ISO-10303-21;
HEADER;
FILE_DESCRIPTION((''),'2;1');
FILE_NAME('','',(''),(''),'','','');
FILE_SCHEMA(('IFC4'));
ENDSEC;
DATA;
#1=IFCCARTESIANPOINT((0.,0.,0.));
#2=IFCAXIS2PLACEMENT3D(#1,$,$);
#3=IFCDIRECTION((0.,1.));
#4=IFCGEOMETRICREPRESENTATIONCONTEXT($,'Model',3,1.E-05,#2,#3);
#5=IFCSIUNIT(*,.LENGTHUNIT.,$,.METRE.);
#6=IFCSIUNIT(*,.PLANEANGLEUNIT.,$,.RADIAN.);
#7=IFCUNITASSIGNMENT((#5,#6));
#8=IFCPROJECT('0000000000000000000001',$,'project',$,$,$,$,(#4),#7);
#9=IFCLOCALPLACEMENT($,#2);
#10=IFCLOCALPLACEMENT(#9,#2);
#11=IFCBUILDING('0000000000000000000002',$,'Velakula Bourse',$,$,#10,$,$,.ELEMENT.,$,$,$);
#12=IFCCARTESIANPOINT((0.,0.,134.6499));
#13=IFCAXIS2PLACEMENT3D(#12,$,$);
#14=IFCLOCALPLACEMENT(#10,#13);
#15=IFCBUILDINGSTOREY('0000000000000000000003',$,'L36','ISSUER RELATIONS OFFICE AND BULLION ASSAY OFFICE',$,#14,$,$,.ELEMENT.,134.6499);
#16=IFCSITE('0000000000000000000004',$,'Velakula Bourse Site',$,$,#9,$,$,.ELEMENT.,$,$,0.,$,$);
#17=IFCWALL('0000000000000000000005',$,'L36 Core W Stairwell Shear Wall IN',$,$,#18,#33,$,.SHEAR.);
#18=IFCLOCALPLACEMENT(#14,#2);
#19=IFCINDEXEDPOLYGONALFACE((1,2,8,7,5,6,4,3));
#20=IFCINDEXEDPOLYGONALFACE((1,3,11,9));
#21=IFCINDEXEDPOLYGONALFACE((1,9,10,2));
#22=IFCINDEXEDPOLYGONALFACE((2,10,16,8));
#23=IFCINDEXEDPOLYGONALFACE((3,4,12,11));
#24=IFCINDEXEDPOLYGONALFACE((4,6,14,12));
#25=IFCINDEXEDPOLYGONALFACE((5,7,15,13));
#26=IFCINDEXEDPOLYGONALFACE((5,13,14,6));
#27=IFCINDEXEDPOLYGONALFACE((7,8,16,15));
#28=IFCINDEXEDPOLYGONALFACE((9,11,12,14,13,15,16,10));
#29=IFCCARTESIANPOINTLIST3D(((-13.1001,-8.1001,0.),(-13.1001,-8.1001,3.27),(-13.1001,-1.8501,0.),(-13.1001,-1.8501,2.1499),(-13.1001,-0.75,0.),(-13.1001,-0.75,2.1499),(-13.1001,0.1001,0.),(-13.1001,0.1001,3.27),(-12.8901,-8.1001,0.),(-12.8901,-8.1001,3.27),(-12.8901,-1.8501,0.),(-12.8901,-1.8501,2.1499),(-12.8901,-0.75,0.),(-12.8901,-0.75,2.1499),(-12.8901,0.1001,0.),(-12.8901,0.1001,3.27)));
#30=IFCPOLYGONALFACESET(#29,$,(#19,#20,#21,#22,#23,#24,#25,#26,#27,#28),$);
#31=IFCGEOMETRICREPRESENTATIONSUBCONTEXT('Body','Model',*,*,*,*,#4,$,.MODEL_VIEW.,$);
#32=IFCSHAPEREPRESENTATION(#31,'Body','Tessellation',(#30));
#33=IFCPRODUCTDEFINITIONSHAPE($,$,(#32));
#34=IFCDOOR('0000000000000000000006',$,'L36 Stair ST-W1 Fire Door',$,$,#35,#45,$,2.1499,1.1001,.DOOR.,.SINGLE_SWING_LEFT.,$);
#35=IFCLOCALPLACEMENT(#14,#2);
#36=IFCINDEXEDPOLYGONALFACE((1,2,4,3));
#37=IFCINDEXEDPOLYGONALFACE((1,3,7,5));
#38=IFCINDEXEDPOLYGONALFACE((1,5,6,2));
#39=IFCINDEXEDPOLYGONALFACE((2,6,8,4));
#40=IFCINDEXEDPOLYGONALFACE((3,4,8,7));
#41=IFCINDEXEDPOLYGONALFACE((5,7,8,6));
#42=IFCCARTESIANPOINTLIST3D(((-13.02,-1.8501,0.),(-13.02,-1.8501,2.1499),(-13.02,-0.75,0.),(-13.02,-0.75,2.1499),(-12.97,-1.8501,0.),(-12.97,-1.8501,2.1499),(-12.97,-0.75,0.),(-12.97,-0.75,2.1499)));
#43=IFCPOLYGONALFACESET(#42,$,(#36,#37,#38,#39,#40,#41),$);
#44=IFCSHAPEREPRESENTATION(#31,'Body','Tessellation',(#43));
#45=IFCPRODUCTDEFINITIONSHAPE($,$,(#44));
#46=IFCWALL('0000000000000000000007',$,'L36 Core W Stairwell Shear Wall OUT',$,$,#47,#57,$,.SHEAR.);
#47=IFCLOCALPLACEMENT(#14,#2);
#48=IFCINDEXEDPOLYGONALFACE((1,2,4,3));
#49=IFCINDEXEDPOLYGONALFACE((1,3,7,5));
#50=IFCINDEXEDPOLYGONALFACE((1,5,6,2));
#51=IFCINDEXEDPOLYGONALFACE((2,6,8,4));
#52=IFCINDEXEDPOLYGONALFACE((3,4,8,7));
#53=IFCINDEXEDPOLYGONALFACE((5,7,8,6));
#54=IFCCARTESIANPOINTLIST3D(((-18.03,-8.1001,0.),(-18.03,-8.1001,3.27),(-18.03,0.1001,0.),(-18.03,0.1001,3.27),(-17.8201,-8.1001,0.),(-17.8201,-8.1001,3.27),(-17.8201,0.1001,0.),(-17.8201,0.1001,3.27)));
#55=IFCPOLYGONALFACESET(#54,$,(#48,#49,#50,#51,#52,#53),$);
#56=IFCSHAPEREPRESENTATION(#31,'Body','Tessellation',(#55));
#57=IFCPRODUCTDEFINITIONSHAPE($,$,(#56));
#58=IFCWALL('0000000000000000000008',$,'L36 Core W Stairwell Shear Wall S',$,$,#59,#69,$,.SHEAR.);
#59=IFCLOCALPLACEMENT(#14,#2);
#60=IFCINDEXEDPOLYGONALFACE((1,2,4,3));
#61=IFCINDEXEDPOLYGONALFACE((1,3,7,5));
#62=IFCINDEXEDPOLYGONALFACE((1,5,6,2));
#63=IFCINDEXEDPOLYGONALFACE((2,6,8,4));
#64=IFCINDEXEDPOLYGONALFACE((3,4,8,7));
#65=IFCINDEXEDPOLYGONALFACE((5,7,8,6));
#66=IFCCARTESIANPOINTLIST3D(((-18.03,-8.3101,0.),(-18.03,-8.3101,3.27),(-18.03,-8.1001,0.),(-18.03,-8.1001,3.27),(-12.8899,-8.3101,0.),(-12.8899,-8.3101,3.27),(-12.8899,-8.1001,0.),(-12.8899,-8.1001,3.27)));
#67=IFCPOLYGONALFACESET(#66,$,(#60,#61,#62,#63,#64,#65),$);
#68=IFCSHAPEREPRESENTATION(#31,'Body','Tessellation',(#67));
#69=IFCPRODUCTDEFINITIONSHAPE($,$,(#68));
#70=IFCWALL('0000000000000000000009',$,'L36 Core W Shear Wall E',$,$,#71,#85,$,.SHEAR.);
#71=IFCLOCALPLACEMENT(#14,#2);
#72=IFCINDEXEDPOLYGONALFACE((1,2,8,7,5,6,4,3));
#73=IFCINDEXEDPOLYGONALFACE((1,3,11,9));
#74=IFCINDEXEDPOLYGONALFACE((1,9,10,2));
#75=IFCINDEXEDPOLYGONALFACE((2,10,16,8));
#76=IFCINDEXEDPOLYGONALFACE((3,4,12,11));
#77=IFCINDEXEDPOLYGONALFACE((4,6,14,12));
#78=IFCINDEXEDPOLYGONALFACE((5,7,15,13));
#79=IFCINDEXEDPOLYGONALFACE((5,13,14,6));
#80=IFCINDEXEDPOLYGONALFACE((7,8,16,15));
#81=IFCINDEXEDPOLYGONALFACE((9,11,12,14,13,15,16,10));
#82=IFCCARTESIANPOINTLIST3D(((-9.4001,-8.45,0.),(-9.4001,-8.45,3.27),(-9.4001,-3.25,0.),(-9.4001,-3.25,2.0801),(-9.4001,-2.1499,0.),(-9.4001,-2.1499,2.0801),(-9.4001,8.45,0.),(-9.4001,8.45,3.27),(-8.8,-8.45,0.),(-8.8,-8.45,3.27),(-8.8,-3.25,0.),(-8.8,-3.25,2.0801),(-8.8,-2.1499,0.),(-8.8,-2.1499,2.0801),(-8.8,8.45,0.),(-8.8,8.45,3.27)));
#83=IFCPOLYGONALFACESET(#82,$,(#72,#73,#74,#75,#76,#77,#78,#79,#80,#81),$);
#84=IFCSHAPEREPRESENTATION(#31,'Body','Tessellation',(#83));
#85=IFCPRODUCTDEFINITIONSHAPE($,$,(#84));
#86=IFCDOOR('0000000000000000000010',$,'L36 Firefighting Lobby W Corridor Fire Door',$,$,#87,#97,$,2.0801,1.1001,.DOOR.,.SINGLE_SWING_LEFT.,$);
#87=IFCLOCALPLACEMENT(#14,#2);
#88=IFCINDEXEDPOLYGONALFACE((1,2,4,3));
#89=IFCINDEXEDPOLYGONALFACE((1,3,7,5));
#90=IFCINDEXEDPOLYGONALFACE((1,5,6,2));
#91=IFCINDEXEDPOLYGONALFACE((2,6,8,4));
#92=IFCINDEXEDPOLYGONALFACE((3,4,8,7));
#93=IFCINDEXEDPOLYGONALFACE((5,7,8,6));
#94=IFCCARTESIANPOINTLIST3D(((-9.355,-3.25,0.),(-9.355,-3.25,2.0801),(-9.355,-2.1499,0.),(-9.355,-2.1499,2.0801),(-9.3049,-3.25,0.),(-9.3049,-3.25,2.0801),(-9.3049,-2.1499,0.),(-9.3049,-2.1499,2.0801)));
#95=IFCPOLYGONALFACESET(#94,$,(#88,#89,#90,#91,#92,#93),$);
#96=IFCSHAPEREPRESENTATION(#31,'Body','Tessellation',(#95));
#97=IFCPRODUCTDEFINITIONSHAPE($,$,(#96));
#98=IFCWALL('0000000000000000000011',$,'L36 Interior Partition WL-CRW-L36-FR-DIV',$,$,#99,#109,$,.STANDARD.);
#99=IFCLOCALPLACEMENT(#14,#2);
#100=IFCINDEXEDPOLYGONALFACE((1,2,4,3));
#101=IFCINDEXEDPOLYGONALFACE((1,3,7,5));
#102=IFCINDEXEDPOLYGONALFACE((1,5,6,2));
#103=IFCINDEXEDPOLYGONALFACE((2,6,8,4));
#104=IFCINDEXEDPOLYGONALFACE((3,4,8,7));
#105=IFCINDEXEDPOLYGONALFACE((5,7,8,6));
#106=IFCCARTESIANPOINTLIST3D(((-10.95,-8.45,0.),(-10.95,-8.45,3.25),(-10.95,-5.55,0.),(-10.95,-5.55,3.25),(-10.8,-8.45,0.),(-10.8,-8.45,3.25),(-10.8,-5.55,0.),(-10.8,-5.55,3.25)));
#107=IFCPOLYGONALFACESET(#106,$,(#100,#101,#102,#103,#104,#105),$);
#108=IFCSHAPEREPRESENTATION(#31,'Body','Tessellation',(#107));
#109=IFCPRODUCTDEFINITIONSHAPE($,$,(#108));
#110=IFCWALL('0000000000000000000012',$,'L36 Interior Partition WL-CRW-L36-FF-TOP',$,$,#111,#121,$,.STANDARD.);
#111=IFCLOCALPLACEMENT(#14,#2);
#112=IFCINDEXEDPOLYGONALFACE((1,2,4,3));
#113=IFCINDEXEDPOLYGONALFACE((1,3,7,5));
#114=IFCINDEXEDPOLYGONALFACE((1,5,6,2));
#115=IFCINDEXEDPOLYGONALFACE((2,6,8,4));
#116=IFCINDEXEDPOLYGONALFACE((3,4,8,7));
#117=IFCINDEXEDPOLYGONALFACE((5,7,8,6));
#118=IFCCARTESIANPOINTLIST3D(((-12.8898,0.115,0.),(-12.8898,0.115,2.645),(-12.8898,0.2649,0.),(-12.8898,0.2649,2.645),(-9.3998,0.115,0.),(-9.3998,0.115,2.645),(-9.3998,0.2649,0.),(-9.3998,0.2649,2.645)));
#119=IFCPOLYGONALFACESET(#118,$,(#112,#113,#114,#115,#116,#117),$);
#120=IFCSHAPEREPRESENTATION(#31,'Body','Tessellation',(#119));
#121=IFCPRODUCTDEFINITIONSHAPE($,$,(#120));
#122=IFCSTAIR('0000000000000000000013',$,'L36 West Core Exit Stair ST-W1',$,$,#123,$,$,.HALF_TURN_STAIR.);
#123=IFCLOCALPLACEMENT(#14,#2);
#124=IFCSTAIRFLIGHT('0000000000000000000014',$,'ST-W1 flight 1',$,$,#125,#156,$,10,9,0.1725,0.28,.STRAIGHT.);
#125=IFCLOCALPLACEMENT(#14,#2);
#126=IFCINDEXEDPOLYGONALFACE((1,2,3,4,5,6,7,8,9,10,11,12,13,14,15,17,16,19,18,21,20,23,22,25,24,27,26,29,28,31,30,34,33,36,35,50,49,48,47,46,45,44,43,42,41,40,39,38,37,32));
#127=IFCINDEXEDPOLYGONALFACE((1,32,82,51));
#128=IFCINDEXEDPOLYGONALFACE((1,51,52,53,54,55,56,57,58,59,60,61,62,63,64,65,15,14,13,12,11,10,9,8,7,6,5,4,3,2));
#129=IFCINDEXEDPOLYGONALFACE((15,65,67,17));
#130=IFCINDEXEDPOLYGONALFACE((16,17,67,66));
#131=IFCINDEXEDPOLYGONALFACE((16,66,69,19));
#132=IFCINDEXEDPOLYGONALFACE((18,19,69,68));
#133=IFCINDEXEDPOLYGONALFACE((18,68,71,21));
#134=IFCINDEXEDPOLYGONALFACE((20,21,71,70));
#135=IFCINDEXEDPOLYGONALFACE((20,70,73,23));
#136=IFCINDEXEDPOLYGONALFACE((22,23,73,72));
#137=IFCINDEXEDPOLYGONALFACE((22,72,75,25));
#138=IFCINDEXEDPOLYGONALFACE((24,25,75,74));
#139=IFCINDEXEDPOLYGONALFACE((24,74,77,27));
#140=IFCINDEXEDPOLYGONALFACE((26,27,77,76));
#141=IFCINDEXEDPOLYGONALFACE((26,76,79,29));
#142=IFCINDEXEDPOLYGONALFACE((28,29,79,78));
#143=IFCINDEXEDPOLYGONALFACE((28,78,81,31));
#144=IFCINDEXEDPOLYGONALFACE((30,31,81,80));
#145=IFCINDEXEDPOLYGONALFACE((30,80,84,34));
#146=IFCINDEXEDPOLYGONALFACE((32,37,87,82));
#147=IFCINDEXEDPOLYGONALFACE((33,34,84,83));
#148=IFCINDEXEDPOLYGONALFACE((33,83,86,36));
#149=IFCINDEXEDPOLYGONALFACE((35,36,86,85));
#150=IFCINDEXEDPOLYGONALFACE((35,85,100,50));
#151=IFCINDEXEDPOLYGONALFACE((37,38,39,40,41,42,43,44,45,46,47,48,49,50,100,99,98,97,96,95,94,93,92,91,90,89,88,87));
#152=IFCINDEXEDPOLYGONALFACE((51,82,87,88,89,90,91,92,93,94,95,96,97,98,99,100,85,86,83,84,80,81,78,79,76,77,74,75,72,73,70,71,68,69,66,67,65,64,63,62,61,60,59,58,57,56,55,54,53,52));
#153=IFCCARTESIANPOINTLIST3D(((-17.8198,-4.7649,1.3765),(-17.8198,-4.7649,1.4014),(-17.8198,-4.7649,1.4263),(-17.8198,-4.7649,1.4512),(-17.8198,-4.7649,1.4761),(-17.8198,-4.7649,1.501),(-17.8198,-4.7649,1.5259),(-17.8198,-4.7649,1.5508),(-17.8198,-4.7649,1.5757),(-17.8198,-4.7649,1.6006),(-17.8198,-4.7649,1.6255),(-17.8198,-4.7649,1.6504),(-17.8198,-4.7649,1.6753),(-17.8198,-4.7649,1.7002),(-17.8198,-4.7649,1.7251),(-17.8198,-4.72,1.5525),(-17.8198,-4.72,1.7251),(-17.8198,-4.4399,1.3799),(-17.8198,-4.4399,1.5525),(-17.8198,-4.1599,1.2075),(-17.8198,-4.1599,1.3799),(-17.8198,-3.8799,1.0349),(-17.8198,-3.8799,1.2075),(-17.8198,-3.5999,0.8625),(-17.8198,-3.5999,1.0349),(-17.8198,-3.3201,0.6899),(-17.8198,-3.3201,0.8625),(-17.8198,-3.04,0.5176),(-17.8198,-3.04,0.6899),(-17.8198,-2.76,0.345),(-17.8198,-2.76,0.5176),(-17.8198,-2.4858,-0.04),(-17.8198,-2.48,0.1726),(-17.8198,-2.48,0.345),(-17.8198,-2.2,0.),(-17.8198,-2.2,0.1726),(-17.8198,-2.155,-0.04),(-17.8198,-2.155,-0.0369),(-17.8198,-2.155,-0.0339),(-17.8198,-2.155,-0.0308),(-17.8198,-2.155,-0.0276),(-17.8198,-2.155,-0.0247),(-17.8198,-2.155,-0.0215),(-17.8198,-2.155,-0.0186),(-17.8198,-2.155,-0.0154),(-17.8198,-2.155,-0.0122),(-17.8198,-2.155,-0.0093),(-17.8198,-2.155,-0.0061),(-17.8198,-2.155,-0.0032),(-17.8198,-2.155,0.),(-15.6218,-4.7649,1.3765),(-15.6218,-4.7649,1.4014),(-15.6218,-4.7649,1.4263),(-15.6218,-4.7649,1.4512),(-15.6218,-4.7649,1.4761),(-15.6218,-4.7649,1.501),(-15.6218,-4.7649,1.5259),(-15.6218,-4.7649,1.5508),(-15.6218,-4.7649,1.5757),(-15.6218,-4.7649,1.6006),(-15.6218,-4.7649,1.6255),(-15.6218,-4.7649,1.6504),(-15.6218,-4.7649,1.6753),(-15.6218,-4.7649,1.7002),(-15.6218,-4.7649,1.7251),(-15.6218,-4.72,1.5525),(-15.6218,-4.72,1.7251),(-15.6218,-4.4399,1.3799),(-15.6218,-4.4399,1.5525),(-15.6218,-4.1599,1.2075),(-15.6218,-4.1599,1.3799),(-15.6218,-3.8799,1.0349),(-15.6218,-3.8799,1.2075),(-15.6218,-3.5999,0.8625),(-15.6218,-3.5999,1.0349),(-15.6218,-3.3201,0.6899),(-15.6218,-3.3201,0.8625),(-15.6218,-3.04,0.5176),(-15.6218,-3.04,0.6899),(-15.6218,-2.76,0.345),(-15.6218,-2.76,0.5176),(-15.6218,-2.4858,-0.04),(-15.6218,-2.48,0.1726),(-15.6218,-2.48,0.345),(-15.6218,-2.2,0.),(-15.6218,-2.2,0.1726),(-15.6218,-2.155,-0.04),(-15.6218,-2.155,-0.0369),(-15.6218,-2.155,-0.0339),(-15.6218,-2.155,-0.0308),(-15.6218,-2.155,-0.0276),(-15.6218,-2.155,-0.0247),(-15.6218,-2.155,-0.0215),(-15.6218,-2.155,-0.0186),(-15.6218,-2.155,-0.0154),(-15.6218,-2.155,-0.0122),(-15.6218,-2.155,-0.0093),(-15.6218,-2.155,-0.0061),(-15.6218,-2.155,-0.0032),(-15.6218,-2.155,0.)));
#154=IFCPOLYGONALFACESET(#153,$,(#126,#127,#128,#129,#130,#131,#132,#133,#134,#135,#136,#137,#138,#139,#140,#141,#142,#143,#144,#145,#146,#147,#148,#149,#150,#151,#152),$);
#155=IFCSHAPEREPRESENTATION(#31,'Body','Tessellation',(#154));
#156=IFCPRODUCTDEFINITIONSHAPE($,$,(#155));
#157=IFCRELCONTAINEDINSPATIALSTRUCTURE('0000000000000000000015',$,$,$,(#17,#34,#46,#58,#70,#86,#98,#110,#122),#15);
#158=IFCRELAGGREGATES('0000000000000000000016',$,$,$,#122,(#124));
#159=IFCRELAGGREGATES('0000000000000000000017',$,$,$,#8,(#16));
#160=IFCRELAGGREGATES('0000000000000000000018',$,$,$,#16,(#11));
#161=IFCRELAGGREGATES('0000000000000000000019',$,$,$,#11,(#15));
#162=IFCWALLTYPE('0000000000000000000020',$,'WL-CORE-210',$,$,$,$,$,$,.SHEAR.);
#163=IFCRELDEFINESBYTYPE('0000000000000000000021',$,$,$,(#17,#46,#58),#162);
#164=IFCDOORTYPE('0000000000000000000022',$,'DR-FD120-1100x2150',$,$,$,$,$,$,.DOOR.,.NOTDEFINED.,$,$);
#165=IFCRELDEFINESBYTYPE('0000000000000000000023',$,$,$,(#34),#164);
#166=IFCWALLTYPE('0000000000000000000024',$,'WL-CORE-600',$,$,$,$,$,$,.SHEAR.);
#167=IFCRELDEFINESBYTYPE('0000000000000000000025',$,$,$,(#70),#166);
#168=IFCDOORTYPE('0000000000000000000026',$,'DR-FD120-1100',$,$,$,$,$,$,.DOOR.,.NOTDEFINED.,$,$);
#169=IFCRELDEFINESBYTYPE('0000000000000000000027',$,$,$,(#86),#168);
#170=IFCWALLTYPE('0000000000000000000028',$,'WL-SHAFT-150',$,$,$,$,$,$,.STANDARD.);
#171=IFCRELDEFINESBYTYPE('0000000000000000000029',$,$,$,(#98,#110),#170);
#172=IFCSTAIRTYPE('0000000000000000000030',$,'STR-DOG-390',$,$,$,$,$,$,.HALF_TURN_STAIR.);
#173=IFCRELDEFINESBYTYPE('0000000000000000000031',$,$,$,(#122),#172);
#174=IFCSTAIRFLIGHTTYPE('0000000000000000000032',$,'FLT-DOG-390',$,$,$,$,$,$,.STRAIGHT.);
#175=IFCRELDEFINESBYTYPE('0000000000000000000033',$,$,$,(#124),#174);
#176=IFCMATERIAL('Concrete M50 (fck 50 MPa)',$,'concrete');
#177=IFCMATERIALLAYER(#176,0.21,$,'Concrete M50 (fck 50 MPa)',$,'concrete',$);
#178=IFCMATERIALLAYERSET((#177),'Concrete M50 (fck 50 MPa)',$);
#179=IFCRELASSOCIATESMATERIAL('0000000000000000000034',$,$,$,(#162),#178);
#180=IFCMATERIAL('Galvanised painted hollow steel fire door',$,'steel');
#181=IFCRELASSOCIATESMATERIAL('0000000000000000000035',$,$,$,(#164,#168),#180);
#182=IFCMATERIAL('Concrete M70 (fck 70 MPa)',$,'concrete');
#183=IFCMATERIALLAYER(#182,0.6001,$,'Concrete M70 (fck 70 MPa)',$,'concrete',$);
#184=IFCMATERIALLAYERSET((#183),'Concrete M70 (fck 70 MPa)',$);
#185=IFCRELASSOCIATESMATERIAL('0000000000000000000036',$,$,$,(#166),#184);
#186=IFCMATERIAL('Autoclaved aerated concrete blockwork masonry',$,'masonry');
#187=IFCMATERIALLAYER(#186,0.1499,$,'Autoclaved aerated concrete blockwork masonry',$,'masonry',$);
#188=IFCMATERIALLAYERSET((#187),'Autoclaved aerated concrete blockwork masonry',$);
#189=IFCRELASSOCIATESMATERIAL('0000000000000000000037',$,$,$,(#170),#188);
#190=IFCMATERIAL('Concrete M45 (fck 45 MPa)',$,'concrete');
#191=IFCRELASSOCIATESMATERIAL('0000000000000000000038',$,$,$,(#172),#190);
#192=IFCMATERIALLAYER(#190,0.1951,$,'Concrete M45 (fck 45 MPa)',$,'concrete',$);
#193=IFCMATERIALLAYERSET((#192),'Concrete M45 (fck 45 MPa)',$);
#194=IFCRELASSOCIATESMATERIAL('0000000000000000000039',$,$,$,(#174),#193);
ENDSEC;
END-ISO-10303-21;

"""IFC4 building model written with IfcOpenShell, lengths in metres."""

from ifc_helpers import new_model, si_unit, direction, frame, frame_2d, origin, place, context, subcontext, project, spatial, polyline, rectangle, outline, extrude, material, layer, layer_set, type_object, element, fill, aggregate, save


model = new_model("IFC4")

# Units and contexts
model_context = context("Model", 3, precision=1e-05, world=origin(), true_north=direction((0.0, 1.0)))
body_context = subcontext(model_context, "Body", "Model", "MODEL_VIEW")
ifc_project = project(units=[si_unit("LENGTHUNIT", "METRE"), si_unit("PLANEANGLEUNIT", "RADIAN")], contexts=[model_context])

# Site, building, storey
site_placement = place(None, origin())
site = spatial("IfcSite", under=ifc_project, at=site_placement, Name="Velakula Bourse Site", CompositionType="ELEMENT", RefElevation=0.0)
building_placement = place(site_placement, origin())
building = spatial("IfcBuilding", under=site, at=building_placement, Name="Velakula Bourse", CompositionType="ELEMENT")
storey_placement = place(building_placement, frame((0.0, 0.0, 134.6499)))
storey = spatial("IfcBuildingStorey", under=building, at=storey_placement, Name="L36", Description="ISSUER RELATIONS OFFICE AND BULLION ASSAY OFFICE", CompositionType="ELEMENT", Elevation=134.6499)

# Shared definitions
ifc_material_1 = material(Name="Concrete M70 (fck 70 MPa)", Category="concrete")

# Wall, opening, door
ifc_material_2 = material(Name="Concrete M50 (fck 50 MPa)", Category="concrete")
ifc_layer_1 = layer(ifc_material_2, 0.21, Name="Concrete M50 (fck 50 MPa)", Category="concrete")
ifc_layer_set_1 = layer_set([ifc_layer_1], Name="Concrete M50 (fck 50 MPa)")
wall_type_1 = type_object("IfcWallType", Name="WL-CORE-210", PredefinedType="SHEAR", material=ifc_layer_set_1)
wall_1_placement = place(storey_placement, frame((-12.9951, -8.1001, 0.0), z_axis=(0.0, 0.0, 1.0), x_axis=(0.0, 1.0, 0.0)))
wall_1 = element("IfcWall", 1, at=wall_1_placement, inside=storey, type_object=wall_type_1, Name="L36 Core W Stairwell Shear Wall IN", PredefinedType="SHEAR", context=body_context, shape_type="SweptSolid", body=[
    extrude(rectangle(XDim=8.2002, YDim=0.21, at=frame_2d((4.1001, 0.0))), origin(), (0.0, 0.0, 1.0), 3.27),
])
opening_1_placement = place(wall_1_placement, frame((6.25, 0.0, 0.0)))
opening_1 = element("IfcOpeningElement", 2, at=opening_1_placement, cuts=wall_1, PredefinedType="OPENING", context=body_context, shape_type="SweptSolid", body=[
    extrude(rectangle(XDim=1.1001, YDim=2.1499, at=frame_2d((0.55, 1.075))), frame((0.0, 0.115, 0.0), z_axis=(0.0, -1.0, 0.0), x_axis=(1.0, 0.0, 0.0)), (0.0, 0.0, 1.0), 0.23),
])
ifc_material_3 = material(Name="Galvanised painted hollow steel fire door", Category="steel")
door_type_1 = type_object("IfcDoorType", Name="DR-FD120-1100x2150", OperationType="NOTDEFINED", PredefinedType="DOOR", material=ifc_material_3)
door_1_placement = place(opening_1_placement, origin())
door_1 = element("IfcDoor", 3, at=door_1_placement, inside=storey, type_object=door_type_1, Name="L36 Stair ST-W1 Fire Door", OperationType="SINGLE_SWING_LEFT", OverallHeight=2.1499, OverallWidth=1.1001, PredefinedType="DOOR", context=body_context, shape_type="SweptSolid", body=[
    extrude(rectangle(XDim=1.1001, YDim=2.1499, at=frame_2d((0.55, 1.075))), frame((0.0, 0.0249, 0.0), z_axis=(0.0, -1.0, 0.0), x_axis=(1.0, 0.0, 0.0)), (0.0, 0.0, 1.0), 0.05),
])
fill(opening_1, door_1)

# Walls
wall_2_placement = place(storey_placement, frame((-17.925, -8.1001, 0.0), z_axis=(0.0, 0.0, 1.0), x_axis=(0.0, 1.0, 0.0)))
element("IfcWall", 4, at=wall_2_placement, inside=storey, type_object=wall_type_1, Name="L36 Core W Stairwell Shear Wall OUT", PredefinedType="SHEAR", context=body_context, shape_type="SweptSolid", body=[
    extrude(rectangle(XDim=8.2002, YDim=0.21, at=frame_2d((4.1001, 0.0))), origin(), (0.0, 0.0, 1.0), 3.27),
])
wall_3_placement = place(storey_placement, frame((-18.03, -8.2051, 0.0), z_axis=(0.0, 0.0, 1.0), x_axis=(1.0, 0.0, 0.0)))
element("IfcWall", 5, at=wall_3_placement, inside=storey, type_object=wall_type_1, Name="L36 Core W Stairwell Shear Wall S", PredefinedType="SHEAR", context=body_context, shape_type="SweptSolid", body=[
    extrude(rectangle(XDim=5.1401, YDim=0.21, at=frame_2d((2.5701, 0.0))), origin(), (0.0, 0.0, 1.0), 3.27),
])

# Wall, opening, door
ifc_layer_2 = layer(ifc_material_1, 0.6001, Name="Concrete M70 (fck 70 MPa)", Category="concrete")
ifc_layer_set_2 = layer_set([ifc_layer_2], Name="Concrete M70 (fck 70 MPa)")
wall_type_2 = type_object("IfcWallType", Name="WL-CORE-600", PredefinedType="SHEAR", material=ifc_layer_set_2)
wall_4_placement = place(storey_placement, frame((-9.1001, -8.45, 0.0), z_axis=(0.0, 0.0, 1.0), x_axis=(0.0, 1.0, 0.0)))
wall_4 = element("IfcWall", 6, at=wall_4_placement, inside=storey, type_object=wall_type_2, Name="L36 Core W Shear Wall E", PredefinedType="SHEAR", context=body_context, shape_type="SweptSolid", body=[
    extrude(rectangle(XDim=16.8999, YDim=0.6001, at=frame_2d((8.45, 0.0))), origin(), (0.0, 0.0, 1.0), 3.27),
])
opening_2_placement = place(wall_4_placement, frame((5.2, 0.0, 0.0)))
opening_2 = element("IfcOpeningElement", 7, at=opening_2_placement, cuts=wall_4, PredefinedType="OPENING", context=body_context, shape_type="SweptSolid", body=[
    extrude(rectangle(XDim=1.1001, YDim=2.0801, at=frame_2d((0.55, 1.04))), frame((0.0, 0.3101, 0.0), z_axis=(0.0, -1.0, 0.0), x_axis=(1.0, 0.0, 0.0)), (0.0, 0.0, 1.0), 0.6201),
])
door_type_2 = type_object("IfcDoorType", Name="DR-FD120-1100", OperationType="NOTDEFINED", PredefinedType="DOOR", material=ifc_material_3)
door_2_placement = place(opening_2_placement, origin())
door_2 = element("IfcDoor", 8, at=door_2_placement, inside=storey, type_object=door_type_2, Name="L36 Firefighting Lobby W Corridor Fire Door", OperationType="SINGLE_SWING_LEFT", OverallHeight=2.0801, OverallWidth=1.1001, PredefinedType="DOOR", context=body_context, shape_type="SweptSolid", body=[
    extrude(rectangle(XDim=1.1001, YDim=2.0801, at=frame_2d((0.55, 1.04))), frame((0.0, 0.2549, 0.0), z_axis=(0.0, -1.0, 0.0), x_axis=(1.0, 0.0, 0.0)), (0.0, 0.0, 1.0), 0.05),
])
fill(opening_2, door_2)

# Shared definitions
ifc_material_4 = material(Name="Autoclaved aerated concrete blockwork masonry", Category="masonry")
ifc_layer_3 = layer(ifc_material_4, 0.1499, Name="Autoclaved aerated concrete blockwork masonry", Category="masonry")
ifc_layer_set_3 = layer_set([ifc_layer_3], Name="Autoclaved aerated concrete blockwork masonry")
wall_type_3 = type_object("IfcWallType", Name="WL-SHAFT-150", PredefinedType="STANDARD", material=ifc_layer_set_3)

# Walls
wall_5_placement = place(storey_placement, frame((-10.875, -8.45, 0.0), z_axis=(0.0, 0.0, 1.0), x_axis=(0.0, 1.0, 0.0)))
element("IfcWall", 9, at=wall_5_placement, inside=storey, type_object=wall_type_3, Name="L36 Interior Partition WL-CRW-L36-FR-DIV", PredefinedType="STANDARD", context=body_context, shape_type="SweptSolid", body=[
    extrude(rectangle(XDim=2.8999, YDim=0.1499, at=frame_2d((1.45, 0.0))), origin(), (0.0, 0.0, 1.0), 3.25),
])
wall_6_placement = place(storey_placement, frame((-12.8899, 0.1899, 0.0), z_axis=(0.0, 0.0, 1.0), x_axis=(1.0, 0.0, 0.0)))
element("IfcWall", 10, at=wall_6_placement, inside=storey, type_object=wall_type_3, Name="L36 Interior Partition WL-CRW-L36-FF-TOP", PredefinedType="STANDARD", context=body_context, shape_type="SweptSolid", body=[
    extrude(rectangle(XDim=3.49, YDim=0.1499, at=frame_2d((1.7451, 0.0))), origin(), (0.0, 0.0, 1.0), 2.645),
])

# Stair, stair flight
ifc_material_5 = material(Name="Concrete M45 (fck 45 MPa)", Category="concrete")
stair_type = type_object("IfcStairType", Name="STR-DOG-390", PredefinedType="HALF_TURN_STAIR", material=ifc_material_5)
stair_placement = place(storey_placement, origin())
stair = element("IfcStair", 11, at=stair_placement, inside=storey, type_object=stair_type, Name="L36 West Core Exit Stair ST-W1", PredefinedType="HALF_TURN_STAIR")
ifc_layer_4 = layer(ifc_material_5, 0.1951, Name="Concrete M45 (fck 45 MPa)", Category="concrete")
ifc_layer_set_4 = layer_set([ifc_layer_4], Name="Concrete M45 (fck 45 MPa)")
stair_flight_type = type_object("IfcStairFlightType", Name="FLT-DOG-390", PredefinedType="STRAIGHT", material=ifc_layer_set_4)
stair_flight_1_placement = place(storey_placement, frame((-16.7209, -2.2, 0.0), z_axis=(0.0, 0.0, 1.0), x_axis=(0.0, -1.0, 0.0)))
stair_flight_1 = element("IfcStairFlight", 12, at=stair_flight_1_placement, type_object=stair_flight_type, Name="ST-W1 flight 1", NumberOfRisers=10, NumberOfTreads=9, PredefinedType="STRAIGHT", RiserHeight=0.1725, TreadLength=0.28, context=body_context, shape_type="SweptSolid", body=[
    extrude(outline(polyline([(-0.0449, -0.04), (-0.0449, -0.0369), (-0.0449, -0.0339), (-0.0449, -0.0308), (-0.0449, -0.0276), (-0.0449, -0.0247), (-0.0449, -0.0215), (-0.0449, -0.0186), (-0.0449, -0.0154), (-0.0449, -0.0122), (-0.0449, -0.0093), (-0.0449, -0.0061), (-0.0449, -0.0032), (-0.0449, 0.0), (0.0, 0.0), (0.0, 0.1726), (0.28, 0.1726), (0.28, 0.345), (0.5601, 0.345), (0.5601, 0.5176), (0.8401, 0.5176), (0.8401, 0.6899), (1.1201, 0.6899), (1.1201, 0.8625), (1.3999, 0.8625), (1.3999, 1.0349), (1.6799, 1.0349), (1.6799, 1.2075), (1.96, 1.2075), (1.96, 1.3799), (2.24, 1.3799), (2.24, 1.5525), (2.52, 1.5525), (2.52, 1.7251), (2.5649, 1.7251), (2.5649, 1.7002), (2.5649, 1.6753), (2.5649, 1.6504), (2.5649, 1.6255), (2.5649, 1.6006), (2.5649, 1.5757), (2.5649, 1.5508), (2.5649, 1.5259), (2.5649, 1.501), (2.5649, 1.4761), (2.5649, 1.4512), (2.5649, 1.4263), (2.5649, 1.4014), (2.5649, 1.3765), (0.2859, -0.04), (-0.0449, -0.04)])), frame((0.0, 1.0991, 0.0), z_axis=(0.0, -1.0, 0.0), x_axis=(1.0, 0.0, 0.0)), (0.0, 0.0, 1.0), 2.198),
])
aggregate(stair, [stair_flight_1])

save(model, "model.ifc")
